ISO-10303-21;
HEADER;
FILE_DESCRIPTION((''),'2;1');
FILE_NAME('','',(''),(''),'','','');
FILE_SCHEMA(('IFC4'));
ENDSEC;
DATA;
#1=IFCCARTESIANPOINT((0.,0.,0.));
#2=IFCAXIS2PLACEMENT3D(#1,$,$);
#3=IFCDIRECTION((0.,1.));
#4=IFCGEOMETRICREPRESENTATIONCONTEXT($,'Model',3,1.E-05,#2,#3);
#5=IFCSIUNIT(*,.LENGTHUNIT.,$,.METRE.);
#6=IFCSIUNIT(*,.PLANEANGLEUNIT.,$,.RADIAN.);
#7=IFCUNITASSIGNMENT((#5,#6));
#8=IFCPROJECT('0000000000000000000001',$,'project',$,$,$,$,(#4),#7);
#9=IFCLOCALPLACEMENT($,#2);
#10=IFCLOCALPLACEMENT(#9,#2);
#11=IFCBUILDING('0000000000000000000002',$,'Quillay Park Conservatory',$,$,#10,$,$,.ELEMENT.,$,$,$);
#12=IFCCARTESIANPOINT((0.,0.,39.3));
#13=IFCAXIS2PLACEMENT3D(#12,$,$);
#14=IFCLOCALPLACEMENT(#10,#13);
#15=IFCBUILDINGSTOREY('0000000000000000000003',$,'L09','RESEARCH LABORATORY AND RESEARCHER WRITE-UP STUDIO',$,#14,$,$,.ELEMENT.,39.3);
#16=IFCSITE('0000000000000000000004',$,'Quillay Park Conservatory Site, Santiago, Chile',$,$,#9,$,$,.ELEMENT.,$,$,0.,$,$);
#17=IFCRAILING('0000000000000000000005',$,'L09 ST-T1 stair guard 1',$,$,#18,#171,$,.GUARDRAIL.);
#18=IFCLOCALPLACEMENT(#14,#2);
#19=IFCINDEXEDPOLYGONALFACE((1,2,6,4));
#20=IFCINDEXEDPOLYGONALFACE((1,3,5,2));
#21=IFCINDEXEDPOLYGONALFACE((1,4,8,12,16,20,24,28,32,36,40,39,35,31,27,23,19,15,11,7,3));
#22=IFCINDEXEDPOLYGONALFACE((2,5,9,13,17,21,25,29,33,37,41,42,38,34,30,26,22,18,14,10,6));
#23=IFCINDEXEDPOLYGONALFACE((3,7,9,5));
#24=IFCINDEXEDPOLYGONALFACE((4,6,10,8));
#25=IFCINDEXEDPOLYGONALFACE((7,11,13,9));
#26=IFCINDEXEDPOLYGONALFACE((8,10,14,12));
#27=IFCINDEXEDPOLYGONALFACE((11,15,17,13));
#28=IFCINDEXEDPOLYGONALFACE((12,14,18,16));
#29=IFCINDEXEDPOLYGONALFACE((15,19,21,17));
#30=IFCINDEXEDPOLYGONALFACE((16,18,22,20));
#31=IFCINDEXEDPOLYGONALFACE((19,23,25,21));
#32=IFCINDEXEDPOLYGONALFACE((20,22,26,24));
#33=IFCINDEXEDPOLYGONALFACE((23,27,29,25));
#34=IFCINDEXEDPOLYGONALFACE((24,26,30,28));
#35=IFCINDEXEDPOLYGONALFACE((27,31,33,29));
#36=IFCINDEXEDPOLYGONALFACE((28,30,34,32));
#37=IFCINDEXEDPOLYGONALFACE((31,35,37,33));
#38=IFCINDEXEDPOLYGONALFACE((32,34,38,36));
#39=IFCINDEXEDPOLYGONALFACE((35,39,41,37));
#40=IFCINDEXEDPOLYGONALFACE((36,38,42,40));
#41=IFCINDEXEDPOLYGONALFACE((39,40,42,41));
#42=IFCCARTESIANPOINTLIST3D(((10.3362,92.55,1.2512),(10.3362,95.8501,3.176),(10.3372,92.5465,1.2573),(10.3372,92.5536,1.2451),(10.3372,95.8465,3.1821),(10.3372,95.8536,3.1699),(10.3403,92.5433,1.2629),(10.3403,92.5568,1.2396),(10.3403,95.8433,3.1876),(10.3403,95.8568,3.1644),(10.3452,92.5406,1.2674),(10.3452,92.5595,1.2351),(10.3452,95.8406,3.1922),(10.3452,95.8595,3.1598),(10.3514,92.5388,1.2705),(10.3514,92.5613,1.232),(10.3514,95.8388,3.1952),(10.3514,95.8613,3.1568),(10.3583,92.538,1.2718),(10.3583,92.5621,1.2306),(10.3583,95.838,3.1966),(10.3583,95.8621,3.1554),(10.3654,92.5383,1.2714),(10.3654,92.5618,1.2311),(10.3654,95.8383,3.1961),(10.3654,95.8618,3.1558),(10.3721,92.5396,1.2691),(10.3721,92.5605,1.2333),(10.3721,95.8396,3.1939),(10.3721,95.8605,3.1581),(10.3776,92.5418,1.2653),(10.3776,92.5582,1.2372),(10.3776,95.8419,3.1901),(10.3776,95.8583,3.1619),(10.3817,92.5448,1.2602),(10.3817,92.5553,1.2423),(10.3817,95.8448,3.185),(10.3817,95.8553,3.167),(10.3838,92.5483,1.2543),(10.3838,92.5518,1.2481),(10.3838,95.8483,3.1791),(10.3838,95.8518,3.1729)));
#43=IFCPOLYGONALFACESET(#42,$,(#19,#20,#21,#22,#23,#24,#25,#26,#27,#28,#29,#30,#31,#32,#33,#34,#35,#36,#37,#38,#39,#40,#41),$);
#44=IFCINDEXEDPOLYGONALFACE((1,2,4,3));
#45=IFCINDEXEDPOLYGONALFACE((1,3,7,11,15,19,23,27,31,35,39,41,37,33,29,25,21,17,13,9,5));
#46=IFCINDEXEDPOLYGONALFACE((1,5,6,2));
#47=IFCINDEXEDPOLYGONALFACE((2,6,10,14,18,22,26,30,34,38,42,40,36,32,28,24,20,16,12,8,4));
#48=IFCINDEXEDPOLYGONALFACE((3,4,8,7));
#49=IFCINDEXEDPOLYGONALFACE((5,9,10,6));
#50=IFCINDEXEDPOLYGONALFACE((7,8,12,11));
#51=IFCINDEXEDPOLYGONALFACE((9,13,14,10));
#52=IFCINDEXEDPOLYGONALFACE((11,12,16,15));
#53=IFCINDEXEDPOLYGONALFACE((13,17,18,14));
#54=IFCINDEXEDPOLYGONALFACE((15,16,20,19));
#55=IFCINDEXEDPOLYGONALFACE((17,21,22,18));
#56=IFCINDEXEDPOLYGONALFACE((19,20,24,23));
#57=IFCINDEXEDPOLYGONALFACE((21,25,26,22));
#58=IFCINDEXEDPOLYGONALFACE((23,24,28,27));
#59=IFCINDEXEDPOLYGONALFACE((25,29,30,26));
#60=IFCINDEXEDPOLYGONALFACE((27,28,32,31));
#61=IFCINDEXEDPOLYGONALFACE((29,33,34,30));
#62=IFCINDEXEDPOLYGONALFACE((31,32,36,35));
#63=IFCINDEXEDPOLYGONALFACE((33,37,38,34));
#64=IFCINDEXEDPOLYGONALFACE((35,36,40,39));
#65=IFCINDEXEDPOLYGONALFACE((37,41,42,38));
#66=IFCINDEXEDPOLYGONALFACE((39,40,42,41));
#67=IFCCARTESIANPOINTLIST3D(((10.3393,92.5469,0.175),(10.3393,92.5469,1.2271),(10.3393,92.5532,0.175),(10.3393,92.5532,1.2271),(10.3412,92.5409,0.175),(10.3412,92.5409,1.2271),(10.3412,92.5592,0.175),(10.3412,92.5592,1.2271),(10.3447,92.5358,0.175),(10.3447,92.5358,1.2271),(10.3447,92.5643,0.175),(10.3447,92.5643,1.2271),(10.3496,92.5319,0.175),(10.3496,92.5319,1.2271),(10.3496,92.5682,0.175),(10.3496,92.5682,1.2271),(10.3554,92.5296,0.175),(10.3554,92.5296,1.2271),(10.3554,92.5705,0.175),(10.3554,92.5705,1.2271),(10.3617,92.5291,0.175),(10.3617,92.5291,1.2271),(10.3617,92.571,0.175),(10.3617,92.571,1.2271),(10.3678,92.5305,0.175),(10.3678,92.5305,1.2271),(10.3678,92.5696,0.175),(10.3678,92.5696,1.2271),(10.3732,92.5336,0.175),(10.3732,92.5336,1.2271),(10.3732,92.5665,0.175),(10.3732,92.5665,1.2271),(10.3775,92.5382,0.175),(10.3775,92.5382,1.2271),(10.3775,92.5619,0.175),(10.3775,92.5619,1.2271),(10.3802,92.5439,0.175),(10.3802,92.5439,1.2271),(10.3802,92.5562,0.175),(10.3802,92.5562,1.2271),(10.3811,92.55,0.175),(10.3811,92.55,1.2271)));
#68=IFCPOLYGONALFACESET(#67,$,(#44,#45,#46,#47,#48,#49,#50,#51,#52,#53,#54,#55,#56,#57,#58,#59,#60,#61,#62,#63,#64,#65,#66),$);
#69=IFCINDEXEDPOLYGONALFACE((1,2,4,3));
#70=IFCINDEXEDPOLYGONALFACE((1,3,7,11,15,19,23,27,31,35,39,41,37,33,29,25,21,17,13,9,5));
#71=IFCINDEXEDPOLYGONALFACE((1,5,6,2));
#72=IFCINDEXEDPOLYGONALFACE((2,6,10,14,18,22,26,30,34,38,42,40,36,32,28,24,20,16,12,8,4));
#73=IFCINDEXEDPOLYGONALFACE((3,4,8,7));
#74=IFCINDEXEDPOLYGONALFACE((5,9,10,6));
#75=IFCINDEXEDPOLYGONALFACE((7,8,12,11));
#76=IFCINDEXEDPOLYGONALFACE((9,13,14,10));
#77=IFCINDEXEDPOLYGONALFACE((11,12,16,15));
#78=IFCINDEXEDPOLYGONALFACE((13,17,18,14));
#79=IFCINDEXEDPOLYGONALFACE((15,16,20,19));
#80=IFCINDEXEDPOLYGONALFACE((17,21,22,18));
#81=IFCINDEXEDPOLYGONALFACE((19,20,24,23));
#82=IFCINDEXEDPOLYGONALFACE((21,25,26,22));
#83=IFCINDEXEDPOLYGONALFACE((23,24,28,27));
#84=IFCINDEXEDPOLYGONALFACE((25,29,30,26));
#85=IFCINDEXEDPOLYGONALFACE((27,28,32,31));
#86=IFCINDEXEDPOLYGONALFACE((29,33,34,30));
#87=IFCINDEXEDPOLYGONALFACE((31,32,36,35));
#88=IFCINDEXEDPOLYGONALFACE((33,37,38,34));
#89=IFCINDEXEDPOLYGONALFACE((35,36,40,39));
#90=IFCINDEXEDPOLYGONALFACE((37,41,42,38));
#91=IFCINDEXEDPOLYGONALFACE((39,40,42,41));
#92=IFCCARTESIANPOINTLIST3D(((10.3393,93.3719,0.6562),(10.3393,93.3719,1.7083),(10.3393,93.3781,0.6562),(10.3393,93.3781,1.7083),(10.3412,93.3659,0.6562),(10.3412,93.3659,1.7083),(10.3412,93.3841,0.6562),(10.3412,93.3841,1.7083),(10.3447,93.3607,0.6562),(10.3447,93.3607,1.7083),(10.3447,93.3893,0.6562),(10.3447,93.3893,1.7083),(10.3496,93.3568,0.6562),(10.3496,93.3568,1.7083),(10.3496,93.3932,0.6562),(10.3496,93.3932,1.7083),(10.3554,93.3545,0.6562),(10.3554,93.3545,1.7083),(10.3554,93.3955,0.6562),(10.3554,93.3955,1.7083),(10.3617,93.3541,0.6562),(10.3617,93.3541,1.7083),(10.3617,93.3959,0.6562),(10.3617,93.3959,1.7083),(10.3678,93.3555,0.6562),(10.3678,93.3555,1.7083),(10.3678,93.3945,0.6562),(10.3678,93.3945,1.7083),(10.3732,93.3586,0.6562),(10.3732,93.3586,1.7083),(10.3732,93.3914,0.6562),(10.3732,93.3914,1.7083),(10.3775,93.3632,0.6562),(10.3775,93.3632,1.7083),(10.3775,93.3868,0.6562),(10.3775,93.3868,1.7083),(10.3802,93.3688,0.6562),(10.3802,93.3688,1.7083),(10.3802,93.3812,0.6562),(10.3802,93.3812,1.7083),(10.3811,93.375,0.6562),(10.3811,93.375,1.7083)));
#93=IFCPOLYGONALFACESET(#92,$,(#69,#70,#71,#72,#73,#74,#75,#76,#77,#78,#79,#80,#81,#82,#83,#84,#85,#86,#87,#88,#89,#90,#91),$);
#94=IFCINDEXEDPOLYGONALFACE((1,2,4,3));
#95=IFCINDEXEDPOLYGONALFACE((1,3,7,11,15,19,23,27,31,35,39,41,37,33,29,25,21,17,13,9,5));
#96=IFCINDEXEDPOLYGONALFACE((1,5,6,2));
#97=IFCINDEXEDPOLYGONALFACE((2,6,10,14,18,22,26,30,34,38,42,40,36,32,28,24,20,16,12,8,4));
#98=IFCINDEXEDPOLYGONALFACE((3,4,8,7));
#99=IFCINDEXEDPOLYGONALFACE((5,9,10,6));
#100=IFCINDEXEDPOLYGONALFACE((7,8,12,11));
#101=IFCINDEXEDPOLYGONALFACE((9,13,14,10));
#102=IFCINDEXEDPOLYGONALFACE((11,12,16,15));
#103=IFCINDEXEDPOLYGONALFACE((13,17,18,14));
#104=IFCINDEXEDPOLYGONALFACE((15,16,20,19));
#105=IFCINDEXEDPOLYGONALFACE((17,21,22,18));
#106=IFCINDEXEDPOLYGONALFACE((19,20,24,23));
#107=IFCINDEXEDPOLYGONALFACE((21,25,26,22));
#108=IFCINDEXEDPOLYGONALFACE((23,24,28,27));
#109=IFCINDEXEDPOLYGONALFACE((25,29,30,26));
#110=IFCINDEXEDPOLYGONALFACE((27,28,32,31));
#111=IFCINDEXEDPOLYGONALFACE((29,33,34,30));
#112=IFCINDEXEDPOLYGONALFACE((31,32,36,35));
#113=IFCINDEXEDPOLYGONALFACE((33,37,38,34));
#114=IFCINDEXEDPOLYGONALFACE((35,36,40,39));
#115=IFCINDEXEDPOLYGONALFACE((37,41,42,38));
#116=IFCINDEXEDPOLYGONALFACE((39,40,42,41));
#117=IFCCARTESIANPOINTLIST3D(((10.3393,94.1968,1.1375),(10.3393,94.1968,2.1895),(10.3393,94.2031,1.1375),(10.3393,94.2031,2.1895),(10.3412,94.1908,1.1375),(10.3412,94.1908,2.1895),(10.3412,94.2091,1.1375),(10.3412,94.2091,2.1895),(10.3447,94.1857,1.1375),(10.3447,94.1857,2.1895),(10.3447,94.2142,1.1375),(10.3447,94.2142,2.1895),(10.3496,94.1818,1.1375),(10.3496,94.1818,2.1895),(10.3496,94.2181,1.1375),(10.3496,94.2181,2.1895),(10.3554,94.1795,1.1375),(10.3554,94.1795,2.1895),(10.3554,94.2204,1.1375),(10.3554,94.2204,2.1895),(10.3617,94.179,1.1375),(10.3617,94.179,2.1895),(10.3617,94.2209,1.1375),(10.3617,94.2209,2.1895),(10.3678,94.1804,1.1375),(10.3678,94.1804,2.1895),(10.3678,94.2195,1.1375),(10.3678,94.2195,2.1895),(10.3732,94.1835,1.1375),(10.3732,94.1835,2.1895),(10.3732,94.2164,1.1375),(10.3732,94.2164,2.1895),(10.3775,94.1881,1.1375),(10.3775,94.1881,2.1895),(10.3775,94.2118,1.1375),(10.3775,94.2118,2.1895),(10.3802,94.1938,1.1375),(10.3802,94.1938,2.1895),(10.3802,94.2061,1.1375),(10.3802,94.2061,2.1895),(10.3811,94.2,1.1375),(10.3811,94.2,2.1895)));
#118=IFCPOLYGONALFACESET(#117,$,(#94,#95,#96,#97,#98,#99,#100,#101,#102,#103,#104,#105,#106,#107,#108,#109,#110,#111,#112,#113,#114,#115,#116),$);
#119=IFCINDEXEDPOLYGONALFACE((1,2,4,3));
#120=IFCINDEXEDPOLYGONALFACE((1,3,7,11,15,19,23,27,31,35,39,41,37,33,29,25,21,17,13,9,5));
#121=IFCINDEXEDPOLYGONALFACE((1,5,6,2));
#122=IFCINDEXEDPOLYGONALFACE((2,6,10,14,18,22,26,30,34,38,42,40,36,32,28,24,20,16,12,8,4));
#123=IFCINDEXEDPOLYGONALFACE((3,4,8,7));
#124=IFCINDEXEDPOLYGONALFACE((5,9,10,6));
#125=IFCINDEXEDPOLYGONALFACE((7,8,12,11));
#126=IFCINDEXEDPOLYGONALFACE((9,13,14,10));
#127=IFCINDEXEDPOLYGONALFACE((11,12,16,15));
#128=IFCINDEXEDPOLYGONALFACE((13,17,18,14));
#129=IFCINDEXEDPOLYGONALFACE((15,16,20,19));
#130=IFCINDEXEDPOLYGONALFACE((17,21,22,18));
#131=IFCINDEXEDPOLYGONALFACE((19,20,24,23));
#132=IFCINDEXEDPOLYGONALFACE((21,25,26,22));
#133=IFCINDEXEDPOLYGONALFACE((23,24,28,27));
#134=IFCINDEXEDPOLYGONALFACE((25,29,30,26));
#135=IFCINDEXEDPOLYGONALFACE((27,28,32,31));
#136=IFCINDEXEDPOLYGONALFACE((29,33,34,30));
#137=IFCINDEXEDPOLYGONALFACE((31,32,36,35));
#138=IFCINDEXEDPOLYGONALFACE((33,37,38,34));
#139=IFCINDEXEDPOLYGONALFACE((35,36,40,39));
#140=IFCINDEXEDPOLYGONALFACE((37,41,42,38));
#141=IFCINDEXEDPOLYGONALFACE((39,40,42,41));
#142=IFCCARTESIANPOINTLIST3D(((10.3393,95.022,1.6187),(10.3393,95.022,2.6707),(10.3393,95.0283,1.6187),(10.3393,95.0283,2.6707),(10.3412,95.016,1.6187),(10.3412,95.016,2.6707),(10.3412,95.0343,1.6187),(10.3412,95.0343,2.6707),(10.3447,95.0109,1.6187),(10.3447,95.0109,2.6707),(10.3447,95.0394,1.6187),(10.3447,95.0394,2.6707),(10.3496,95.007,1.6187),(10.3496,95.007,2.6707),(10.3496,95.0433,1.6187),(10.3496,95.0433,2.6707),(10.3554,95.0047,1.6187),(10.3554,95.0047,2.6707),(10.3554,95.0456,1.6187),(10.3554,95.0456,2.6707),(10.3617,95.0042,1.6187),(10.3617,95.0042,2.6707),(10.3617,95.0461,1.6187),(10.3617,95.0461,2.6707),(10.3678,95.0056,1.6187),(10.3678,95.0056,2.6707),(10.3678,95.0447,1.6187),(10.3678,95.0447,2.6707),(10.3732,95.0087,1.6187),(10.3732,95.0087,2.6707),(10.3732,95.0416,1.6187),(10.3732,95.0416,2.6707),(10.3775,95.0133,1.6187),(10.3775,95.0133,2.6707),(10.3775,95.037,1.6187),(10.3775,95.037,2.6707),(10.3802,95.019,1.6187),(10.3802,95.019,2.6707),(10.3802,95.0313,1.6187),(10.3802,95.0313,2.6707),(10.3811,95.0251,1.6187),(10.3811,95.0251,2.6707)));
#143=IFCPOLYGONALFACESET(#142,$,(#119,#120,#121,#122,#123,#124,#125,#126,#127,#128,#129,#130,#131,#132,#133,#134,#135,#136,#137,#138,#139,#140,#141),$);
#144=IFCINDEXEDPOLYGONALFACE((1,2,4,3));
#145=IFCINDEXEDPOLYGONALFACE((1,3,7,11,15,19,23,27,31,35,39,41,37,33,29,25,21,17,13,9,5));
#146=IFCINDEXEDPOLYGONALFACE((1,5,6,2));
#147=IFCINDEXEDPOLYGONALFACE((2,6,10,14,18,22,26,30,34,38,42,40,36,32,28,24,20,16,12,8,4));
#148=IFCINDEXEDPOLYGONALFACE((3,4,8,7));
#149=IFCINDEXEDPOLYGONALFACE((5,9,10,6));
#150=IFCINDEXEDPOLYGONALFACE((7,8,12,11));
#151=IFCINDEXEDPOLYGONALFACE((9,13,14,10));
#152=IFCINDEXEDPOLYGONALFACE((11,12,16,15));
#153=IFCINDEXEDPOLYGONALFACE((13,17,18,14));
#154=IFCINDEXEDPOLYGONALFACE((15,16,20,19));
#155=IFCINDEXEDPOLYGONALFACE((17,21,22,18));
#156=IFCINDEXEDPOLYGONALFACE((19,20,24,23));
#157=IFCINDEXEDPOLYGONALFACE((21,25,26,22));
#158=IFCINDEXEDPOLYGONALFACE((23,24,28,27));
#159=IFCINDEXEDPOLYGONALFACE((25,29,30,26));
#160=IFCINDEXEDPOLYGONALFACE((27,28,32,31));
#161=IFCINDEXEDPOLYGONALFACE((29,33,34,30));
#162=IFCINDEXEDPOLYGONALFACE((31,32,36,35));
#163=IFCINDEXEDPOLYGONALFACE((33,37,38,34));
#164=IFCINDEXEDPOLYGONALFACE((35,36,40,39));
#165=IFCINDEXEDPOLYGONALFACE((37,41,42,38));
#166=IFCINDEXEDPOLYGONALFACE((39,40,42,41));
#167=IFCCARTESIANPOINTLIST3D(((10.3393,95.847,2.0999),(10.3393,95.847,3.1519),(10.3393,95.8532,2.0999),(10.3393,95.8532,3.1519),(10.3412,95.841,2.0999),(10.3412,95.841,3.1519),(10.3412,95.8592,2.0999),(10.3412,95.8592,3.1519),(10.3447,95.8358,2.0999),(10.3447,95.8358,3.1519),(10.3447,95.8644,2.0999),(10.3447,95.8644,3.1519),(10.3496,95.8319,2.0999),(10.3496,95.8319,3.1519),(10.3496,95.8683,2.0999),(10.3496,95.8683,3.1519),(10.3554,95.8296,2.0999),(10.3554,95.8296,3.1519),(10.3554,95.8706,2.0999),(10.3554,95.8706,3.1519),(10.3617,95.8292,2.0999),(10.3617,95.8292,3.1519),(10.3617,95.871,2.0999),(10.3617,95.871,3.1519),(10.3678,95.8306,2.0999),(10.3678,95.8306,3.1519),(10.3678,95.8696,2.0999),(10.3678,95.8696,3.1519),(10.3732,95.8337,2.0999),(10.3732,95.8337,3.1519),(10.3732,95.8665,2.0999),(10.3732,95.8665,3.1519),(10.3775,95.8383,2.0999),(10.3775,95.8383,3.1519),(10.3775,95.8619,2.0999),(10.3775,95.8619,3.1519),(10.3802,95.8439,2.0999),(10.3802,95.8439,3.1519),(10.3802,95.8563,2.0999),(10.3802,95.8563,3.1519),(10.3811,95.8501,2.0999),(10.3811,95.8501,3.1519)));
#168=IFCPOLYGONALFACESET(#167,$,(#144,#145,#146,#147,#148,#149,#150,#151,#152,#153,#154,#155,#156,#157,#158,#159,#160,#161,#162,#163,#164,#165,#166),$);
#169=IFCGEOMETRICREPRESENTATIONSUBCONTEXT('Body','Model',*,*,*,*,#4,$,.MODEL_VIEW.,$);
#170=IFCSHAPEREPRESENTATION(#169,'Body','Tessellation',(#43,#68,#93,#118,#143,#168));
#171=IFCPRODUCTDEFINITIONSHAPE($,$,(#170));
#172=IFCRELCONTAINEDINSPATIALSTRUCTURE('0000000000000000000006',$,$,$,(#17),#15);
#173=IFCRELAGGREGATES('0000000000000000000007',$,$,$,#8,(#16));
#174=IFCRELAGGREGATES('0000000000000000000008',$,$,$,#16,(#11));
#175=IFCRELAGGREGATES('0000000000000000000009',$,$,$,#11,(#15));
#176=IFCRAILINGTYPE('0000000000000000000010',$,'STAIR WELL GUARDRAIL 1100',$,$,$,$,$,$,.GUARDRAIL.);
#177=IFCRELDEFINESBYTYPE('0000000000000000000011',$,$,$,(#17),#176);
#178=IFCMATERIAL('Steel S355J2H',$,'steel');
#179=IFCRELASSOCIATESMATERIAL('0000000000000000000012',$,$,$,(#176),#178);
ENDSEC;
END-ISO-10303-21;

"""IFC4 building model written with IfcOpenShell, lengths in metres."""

from ifc_helpers import new_model, si_unit, direction, frame, origin, origin_2d, place, context, subcontext, project, spatial, circle, extrude, material, type_object, element, save


model = new_model("IFC4")

# Units and contexts
model_context = context("Model", 3, precision=1e-05, world=origin(), true_north=direction((0.0, 1.0)))
body_context = subcontext(model_context, "Body", "Model", "MODEL_VIEW")
ifc_project = project(units=[si_unit("LENGTHUNIT", "METRE"), si_unit("PLANEANGLEUNIT", "RADIAN")], contexts=[model_context])

# Site, building, storey
site_placement = place(None, origin())
site = spatial("IfcSite", under=ifc_project, at=site_placement, Name="Quillay Park Conservatory Site, Santiago, Chile", CompositionType="ELEMENT", RefElevation=0.0)
building_placement = place(site_placement, origin())
building = spatial("IfcBuilding", under=site, at=building_placement, Name="Quillay Park Conservatory", CompositionType="ELEMENT")
storey_placement = place(building_placement, frame((0.0, 0.0, 39.3)))
storey = spatial("IfcBuildingStorey", under=building, at=storey_placement, Name="L09", Description="RESEARCH LABORATORY AND RESEARCHER WRITE-UP STUDIO", CompositionType="ELEMENT", Elevation=39.3)

# Railing
ifc_material_1 = material(Name="Steel S355J2H", Category="steel")
railing_type_1 = type_object("IfcRailingType", Name="STAIR WELL GUARDRAIL 1100", PredefinedType="GUARDRAIL", material=ifc_material_1)
railing_1_placement = place(storey_placement, frame((10.3601, 92.55, 0.175)))
element("IfcRailing", 1, at=railing_1_placement, inside=storey, type_object=railing_type_1, Name="L09 ST-T1 stair guard 1", PredefinedType="GUARDRAIL", context=body_context, shape_type="SweptSolid", body=[
    extrude(circle(Radius=0.0239, at=origin_2d()), frame((0.0, 0.0, 1.0762), z_axis=(0.0, 0.863804, 0.503827), x_axis=(-1.0, 0.0, 0.0)), (0.0, 0.0, 1.0), 3.8203),
    extrude(circle(Radius=0.021, at=origin_2d()), origin(), (0.0, 0.0, 1.0), 1.052),
    extrude(circle(Radius=0.021, at=origin_2d()), frame((0.0, 0.825, 0.4812)), (0.0, 0.0, 1.0), 1.052),
    extrude(circle(Radius=0.021, at=origin_2d()), frame((0.0, 1.6499, 0.9624)), (0.0, 0.0, 1.0), 1.052),
    extrude(circle(Radius=0.021, at=origin_2d()), frame((0.0, 2.4751, 1.4436)), (0.0, 0.0, 1.0), 1.052),
    extrude(circle(Radius=0.021, at=origin_2d()), frame((0.0, 3.3, 1.9248)), (0.0, 0.0, 1.0), 1.052),
])

save(model, "model.ifc")
